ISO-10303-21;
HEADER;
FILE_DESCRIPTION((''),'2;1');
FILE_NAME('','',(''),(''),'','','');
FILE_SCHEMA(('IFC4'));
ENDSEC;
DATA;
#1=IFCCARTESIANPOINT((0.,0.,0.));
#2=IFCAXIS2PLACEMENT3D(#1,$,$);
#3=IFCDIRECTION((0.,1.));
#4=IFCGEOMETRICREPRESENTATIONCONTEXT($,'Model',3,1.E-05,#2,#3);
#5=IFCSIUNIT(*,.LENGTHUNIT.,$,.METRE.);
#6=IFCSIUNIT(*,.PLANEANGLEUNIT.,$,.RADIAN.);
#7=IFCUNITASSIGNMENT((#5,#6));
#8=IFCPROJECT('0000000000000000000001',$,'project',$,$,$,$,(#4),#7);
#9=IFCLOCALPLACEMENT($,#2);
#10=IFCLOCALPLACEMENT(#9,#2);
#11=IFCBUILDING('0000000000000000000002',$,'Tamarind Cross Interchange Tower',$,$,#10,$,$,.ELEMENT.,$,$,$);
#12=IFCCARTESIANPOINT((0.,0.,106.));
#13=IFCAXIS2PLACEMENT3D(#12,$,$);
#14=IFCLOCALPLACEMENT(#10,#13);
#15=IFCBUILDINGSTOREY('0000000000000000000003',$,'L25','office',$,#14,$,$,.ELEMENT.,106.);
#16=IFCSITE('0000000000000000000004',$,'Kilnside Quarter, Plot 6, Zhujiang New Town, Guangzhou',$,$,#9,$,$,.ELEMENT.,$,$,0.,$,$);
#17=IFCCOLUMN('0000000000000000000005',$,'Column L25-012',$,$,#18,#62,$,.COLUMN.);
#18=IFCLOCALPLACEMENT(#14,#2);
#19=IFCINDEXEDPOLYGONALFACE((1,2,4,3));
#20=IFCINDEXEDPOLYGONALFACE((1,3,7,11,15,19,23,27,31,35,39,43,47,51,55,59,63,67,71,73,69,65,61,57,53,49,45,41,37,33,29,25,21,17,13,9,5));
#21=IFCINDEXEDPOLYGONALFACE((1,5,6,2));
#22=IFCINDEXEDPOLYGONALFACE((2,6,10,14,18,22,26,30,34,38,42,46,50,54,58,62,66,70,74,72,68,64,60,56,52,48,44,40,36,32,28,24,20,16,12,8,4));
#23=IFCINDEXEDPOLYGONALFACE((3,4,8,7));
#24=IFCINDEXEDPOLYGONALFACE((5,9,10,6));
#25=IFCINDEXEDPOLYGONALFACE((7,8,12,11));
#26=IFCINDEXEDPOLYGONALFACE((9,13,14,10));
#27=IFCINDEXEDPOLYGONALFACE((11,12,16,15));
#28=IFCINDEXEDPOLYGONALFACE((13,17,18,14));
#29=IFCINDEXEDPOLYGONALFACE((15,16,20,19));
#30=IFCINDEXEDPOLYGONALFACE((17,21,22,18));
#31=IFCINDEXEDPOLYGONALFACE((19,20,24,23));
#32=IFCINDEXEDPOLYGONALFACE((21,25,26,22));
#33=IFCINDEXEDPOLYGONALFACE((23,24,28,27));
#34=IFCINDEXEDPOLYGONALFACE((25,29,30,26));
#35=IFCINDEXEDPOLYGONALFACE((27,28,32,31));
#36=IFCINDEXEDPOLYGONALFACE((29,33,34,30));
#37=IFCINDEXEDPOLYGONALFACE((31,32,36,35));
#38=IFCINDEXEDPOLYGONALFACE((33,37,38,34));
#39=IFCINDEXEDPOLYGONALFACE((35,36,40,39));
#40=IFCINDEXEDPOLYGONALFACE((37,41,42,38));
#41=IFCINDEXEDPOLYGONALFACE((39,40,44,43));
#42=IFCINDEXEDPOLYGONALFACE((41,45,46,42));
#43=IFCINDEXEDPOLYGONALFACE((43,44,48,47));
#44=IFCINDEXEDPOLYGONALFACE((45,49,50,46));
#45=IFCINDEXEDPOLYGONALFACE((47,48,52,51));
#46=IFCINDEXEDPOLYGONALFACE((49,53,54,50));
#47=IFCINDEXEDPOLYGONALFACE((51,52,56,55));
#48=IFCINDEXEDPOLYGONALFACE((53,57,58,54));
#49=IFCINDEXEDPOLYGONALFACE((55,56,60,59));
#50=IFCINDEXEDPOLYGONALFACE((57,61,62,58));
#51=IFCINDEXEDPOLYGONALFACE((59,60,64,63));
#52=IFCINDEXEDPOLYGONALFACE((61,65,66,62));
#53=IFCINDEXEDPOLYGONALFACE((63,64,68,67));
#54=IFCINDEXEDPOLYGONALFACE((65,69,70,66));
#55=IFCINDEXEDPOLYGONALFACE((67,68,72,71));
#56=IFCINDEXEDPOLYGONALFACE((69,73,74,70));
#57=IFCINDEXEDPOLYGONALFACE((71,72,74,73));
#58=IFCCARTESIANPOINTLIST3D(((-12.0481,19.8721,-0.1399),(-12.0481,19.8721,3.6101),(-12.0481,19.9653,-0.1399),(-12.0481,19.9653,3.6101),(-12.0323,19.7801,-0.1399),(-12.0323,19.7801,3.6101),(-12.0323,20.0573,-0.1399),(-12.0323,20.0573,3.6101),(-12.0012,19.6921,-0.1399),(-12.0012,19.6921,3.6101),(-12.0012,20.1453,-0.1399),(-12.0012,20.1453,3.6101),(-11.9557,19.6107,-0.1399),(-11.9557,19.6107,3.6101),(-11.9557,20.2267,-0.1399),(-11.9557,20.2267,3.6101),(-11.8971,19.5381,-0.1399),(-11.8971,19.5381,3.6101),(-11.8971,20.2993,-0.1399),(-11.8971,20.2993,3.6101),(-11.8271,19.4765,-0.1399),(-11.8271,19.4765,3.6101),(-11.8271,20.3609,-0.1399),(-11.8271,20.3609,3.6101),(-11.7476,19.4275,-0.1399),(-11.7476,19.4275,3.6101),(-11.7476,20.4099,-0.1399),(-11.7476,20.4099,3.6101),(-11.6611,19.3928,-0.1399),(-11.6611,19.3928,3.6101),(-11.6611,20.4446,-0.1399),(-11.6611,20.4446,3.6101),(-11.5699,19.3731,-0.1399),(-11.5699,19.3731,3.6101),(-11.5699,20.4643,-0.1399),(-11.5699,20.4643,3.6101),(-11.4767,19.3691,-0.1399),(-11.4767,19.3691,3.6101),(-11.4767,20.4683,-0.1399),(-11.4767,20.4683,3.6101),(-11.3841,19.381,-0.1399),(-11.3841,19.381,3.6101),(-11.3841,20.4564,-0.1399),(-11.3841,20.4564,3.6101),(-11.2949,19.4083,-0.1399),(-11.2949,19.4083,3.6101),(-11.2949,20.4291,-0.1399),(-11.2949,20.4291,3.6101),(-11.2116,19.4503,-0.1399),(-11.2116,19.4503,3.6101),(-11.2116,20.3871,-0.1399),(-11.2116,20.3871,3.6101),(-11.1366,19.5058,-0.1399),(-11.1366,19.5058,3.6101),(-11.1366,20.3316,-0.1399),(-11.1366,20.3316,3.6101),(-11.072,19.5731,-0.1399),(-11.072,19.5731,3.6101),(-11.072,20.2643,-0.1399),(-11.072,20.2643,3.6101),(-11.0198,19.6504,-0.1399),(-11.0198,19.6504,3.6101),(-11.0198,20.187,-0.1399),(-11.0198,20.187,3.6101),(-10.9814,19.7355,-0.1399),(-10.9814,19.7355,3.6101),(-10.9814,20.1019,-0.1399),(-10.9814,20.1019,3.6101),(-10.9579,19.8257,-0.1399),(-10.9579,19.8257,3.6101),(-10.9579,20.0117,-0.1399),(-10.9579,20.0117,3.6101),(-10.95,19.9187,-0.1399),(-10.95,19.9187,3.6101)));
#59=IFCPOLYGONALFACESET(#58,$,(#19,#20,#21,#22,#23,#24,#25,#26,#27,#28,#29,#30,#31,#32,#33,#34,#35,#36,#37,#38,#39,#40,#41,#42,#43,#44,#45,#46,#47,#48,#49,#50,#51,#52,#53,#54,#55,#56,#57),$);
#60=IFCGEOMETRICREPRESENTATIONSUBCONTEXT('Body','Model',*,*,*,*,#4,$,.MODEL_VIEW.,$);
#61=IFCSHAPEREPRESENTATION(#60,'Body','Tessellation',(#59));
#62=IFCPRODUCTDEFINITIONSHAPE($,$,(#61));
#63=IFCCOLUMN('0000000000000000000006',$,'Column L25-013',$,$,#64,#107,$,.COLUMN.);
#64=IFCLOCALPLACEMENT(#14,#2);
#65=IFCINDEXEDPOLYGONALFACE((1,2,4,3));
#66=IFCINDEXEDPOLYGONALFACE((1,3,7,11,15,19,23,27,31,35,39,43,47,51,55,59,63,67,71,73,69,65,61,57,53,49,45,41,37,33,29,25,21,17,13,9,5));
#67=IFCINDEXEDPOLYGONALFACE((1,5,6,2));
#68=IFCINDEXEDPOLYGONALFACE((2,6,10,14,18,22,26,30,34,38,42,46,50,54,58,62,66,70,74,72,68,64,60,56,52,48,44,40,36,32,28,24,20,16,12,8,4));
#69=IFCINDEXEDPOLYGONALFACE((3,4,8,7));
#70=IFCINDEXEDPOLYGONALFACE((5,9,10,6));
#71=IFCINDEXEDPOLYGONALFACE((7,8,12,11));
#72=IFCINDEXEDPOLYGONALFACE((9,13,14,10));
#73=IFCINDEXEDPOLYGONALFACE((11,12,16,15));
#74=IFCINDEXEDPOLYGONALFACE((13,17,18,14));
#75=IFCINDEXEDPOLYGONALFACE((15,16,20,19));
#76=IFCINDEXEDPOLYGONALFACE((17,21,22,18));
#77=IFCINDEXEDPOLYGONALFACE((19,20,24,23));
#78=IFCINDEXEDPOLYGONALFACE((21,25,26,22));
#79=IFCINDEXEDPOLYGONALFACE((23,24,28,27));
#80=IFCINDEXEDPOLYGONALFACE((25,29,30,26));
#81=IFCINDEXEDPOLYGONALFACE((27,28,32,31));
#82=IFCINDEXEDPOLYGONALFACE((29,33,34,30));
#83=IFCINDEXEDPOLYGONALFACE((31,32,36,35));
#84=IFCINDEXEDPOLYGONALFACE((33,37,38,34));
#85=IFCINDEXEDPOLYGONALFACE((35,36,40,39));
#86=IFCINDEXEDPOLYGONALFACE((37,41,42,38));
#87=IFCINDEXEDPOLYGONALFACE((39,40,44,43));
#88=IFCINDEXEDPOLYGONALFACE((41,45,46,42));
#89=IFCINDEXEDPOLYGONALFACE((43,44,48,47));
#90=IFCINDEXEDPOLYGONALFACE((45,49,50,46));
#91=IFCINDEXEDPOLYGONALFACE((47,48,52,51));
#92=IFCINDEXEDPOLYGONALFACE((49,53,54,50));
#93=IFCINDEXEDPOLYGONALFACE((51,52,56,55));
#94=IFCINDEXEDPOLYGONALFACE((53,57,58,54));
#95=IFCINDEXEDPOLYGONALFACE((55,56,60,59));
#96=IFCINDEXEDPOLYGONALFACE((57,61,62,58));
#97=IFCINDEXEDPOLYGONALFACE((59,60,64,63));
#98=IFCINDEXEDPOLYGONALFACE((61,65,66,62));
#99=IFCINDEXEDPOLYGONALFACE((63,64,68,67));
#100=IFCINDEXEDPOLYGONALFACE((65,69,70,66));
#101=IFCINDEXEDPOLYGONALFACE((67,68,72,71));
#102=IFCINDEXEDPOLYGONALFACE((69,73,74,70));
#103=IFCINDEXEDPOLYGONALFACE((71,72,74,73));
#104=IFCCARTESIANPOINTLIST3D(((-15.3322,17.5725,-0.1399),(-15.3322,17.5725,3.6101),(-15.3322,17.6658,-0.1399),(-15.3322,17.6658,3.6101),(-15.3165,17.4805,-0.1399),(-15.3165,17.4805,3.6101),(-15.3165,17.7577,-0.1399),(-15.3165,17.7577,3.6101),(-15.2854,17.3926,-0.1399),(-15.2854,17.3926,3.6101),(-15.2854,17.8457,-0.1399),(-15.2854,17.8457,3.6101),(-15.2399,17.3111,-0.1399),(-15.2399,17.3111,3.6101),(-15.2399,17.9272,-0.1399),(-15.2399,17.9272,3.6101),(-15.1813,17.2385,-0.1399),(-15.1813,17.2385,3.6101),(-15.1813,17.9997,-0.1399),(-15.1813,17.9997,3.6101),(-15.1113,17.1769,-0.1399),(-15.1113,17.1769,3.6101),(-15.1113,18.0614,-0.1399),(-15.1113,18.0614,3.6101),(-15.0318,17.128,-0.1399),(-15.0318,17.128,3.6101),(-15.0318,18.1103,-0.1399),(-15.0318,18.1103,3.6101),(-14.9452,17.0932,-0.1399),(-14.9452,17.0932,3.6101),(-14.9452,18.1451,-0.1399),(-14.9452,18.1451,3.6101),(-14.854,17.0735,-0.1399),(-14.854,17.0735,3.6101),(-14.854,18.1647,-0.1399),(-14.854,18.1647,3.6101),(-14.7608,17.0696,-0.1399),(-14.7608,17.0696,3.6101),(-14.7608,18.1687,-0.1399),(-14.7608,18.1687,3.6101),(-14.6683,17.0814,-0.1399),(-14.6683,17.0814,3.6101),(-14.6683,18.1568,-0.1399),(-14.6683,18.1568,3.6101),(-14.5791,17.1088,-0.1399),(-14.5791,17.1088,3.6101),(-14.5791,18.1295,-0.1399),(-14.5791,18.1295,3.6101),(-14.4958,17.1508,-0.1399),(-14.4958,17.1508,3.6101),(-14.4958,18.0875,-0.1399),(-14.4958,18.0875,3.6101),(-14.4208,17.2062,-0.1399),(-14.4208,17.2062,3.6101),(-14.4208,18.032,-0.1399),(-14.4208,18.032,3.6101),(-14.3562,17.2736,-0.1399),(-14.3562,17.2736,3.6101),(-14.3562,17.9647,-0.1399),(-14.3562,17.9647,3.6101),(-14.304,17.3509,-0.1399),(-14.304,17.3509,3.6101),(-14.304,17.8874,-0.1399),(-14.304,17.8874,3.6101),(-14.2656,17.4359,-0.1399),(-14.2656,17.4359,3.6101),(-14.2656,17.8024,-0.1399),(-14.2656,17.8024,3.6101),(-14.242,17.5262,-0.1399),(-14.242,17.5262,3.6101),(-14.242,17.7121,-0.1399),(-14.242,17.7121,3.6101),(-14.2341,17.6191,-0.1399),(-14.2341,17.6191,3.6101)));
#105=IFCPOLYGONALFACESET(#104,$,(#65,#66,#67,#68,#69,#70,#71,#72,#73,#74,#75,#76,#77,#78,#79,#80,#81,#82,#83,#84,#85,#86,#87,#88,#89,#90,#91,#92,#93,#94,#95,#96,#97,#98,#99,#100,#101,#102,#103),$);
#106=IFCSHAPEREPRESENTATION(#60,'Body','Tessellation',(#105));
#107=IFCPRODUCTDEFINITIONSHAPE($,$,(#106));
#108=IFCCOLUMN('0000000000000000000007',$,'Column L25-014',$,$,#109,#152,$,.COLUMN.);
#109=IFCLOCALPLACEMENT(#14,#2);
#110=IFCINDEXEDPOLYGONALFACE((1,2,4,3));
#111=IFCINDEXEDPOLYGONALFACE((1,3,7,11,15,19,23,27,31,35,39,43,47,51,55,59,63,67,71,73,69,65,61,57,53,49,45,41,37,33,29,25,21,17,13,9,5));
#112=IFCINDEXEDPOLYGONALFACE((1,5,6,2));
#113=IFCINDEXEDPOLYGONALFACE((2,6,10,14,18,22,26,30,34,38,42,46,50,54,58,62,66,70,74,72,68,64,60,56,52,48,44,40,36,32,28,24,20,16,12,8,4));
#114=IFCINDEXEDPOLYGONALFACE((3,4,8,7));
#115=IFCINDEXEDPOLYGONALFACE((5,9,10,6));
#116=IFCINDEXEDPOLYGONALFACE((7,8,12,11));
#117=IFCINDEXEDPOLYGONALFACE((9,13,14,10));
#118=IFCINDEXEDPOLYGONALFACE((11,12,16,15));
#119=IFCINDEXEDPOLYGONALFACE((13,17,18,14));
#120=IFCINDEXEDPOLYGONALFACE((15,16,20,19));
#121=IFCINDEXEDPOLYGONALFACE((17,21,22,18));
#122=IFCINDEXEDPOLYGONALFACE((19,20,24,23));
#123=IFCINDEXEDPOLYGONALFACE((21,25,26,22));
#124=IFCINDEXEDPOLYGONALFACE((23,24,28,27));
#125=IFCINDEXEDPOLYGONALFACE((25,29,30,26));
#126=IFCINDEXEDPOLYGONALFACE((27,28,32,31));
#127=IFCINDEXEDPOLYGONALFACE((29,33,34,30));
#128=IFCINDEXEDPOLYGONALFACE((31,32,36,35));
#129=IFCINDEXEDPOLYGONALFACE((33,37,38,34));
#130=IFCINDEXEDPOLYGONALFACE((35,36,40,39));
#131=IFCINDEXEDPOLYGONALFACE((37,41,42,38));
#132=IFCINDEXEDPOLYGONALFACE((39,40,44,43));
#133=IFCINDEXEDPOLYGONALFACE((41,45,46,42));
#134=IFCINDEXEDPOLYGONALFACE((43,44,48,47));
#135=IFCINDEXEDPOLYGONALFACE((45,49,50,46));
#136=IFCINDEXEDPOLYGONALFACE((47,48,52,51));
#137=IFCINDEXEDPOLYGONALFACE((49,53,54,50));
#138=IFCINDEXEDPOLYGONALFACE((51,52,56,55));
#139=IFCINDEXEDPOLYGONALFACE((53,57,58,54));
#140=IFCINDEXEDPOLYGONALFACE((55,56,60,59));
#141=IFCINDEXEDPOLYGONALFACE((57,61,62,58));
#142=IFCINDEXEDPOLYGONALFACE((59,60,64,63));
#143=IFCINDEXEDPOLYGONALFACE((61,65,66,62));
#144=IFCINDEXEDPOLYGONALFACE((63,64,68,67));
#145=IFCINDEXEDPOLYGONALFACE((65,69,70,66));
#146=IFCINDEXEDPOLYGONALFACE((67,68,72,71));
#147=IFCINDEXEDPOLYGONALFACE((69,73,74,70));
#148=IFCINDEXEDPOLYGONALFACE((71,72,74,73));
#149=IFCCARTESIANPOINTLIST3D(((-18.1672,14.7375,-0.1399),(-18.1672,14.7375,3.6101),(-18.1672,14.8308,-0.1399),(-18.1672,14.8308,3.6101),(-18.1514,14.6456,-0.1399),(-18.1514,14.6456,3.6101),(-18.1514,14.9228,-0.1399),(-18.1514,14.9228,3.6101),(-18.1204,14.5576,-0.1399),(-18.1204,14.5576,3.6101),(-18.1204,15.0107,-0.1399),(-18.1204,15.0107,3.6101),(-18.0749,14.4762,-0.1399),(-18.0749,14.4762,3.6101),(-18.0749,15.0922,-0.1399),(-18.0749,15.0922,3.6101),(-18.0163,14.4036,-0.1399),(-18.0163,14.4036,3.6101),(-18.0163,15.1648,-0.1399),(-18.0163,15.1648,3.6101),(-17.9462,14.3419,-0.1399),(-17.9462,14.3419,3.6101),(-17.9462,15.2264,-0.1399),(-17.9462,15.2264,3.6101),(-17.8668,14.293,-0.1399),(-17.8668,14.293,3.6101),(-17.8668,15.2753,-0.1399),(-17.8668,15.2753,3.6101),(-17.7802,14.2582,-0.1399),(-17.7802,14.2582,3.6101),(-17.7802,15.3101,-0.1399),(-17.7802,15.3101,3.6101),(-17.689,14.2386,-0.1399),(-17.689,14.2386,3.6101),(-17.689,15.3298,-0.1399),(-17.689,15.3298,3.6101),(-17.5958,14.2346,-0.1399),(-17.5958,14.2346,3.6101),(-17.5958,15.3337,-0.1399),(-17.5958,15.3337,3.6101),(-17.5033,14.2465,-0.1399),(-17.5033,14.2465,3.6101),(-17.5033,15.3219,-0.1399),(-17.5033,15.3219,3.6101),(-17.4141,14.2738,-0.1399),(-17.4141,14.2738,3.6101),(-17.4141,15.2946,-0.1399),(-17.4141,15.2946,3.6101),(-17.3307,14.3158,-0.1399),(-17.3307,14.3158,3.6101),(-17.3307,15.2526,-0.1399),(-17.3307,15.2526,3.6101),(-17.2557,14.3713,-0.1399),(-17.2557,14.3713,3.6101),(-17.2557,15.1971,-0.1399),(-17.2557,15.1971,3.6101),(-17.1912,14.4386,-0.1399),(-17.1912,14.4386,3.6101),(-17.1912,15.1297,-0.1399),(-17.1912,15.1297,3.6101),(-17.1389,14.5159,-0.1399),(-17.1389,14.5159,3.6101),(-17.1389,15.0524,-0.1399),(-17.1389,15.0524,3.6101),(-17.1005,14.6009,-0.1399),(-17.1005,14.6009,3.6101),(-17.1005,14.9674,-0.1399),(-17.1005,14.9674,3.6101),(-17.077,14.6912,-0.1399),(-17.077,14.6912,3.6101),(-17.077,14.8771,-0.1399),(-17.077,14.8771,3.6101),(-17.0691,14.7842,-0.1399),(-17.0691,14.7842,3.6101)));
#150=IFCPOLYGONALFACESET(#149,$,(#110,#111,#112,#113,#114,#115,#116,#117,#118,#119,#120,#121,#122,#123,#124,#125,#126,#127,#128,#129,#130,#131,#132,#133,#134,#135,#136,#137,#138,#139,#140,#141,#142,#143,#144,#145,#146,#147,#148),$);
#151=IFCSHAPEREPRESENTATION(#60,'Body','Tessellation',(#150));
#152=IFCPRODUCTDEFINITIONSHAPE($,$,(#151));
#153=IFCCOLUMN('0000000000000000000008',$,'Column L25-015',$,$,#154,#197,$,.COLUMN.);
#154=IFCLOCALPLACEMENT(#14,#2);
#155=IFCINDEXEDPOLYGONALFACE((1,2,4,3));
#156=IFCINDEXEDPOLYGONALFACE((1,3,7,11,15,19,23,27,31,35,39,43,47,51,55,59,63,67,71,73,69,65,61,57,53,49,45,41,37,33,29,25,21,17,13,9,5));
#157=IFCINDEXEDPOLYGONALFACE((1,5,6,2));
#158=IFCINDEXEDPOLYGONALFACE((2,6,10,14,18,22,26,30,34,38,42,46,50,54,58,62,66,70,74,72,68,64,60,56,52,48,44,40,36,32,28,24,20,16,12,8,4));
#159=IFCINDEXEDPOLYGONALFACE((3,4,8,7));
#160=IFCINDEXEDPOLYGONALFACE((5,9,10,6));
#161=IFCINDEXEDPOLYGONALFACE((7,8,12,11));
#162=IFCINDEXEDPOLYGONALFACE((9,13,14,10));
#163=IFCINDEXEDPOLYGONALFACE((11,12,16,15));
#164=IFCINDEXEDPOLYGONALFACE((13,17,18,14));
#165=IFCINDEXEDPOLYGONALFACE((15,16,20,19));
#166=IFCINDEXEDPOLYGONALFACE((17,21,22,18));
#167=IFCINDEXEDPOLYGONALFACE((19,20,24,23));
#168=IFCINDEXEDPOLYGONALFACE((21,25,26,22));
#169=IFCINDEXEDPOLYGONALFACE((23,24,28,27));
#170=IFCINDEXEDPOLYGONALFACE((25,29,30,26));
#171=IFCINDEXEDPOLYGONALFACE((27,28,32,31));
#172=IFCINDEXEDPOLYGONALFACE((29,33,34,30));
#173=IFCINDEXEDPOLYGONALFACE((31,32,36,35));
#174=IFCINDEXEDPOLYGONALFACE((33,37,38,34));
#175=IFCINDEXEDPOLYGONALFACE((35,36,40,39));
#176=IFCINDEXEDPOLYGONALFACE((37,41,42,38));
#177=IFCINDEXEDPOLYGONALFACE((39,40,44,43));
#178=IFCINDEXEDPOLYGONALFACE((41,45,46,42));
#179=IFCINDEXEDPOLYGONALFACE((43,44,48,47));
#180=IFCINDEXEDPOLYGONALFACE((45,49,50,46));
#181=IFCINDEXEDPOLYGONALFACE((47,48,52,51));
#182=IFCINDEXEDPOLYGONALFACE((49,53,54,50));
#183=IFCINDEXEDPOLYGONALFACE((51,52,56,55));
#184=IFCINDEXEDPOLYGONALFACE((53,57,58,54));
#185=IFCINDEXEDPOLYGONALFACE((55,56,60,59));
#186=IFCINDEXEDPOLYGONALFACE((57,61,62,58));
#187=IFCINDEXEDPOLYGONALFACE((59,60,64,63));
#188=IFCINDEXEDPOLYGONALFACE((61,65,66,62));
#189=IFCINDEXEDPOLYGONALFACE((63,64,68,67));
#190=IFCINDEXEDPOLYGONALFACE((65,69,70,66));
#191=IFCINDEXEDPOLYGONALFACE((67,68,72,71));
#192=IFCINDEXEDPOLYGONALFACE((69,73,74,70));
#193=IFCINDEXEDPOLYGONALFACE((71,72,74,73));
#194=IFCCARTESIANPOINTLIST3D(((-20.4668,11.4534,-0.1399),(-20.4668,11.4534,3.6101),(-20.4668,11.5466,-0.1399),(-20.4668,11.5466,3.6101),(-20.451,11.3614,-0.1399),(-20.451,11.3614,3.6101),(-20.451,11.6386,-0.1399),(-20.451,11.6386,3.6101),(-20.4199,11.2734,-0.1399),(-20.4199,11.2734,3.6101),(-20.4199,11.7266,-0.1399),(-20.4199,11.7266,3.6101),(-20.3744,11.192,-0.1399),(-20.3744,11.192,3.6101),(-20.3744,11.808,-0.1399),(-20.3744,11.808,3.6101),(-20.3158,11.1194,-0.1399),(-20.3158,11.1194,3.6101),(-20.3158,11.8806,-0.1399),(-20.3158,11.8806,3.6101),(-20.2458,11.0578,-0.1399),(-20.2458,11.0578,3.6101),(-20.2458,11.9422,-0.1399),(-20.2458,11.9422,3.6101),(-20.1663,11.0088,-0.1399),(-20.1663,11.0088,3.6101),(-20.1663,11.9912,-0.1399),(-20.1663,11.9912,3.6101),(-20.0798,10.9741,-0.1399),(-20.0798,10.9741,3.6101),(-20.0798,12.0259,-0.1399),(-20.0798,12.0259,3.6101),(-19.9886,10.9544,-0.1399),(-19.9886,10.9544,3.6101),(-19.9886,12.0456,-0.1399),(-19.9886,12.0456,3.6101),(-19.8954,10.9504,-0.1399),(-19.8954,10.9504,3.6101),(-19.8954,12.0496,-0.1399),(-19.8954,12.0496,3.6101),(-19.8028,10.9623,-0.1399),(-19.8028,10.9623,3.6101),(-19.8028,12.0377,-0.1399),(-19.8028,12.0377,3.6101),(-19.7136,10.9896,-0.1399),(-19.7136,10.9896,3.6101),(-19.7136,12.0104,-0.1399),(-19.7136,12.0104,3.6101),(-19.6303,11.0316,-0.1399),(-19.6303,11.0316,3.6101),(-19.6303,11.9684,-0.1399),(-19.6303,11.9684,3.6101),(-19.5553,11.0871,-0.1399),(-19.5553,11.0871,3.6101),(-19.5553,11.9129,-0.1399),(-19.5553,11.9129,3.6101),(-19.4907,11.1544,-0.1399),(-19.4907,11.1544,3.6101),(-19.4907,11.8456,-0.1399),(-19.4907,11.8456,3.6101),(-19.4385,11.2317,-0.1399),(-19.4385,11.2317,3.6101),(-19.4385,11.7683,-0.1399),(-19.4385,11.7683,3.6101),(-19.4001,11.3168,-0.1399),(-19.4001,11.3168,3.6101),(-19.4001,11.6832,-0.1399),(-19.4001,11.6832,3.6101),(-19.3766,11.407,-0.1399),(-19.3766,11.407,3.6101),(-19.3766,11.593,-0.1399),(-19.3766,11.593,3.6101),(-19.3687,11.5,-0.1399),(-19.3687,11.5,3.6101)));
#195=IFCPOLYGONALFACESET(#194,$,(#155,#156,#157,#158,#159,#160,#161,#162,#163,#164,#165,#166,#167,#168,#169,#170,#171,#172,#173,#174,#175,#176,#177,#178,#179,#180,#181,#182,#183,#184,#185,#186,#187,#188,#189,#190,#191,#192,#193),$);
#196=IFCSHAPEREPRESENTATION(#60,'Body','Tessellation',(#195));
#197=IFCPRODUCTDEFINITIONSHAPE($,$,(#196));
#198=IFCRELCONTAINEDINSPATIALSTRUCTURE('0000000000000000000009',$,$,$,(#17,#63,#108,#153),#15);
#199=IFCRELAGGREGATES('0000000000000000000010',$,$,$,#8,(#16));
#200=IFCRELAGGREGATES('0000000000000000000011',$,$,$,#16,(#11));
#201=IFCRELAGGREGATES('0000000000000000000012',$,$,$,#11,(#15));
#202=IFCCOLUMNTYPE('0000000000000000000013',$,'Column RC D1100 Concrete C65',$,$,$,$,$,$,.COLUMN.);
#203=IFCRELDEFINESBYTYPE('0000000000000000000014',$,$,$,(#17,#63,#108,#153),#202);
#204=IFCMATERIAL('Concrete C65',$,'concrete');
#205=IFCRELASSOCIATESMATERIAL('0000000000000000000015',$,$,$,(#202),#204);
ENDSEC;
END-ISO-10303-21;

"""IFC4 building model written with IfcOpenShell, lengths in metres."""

from ifc_helpers import new_model, si_unit, direction, frame, origin, origin_2d, place, context, subcontext, project, spatial, circle, extrude, material, material_profile, profile_set, type_object, element, save


model = new_model("IFC4")

# Units and contexts
model_context = context("Model", 3, precision=1e-05, world=origin(), true_north=direction((0.0, 1.0)))
body_context = subcontext(model_context, "Body", "Model", "MODEL_VIEW")
ifc_project = project(units=[si_unit("LENGTHUNIT", "METRE"), si_unit("PLANEANGLEUNIT", "RADIAN")], contexts=[model_context])

# Site, building, storey
site_placement = place(None, origin())
site = spatial("IfcSite", under=ifc_project, at=site_placement, Name="Kilnside Quarter, Plot 6, Zhujiang New Town, Guangzhou", CompositionType="ELEMENT", RefElevation=0.0)
building_placement = place(site_placement, origin())
building = spatial("IfcBuilding", under=site, at=building_placement, Name="Tamarind Cross Interchange Tower", CompositionType="ELEMENT")
storey_placement = place(building_placement, frame((0.0, 0.0, 106.0)))
storey = spatial("IfcBuildingStorey", under=building, at=storey_placement, Name="L25", Description="office", CompositionType="ELEMENT", Elevation=106.0)

# Columns
ifc_material_1 = material(Name="Concrete C65", Category="concrete")
ifc_material_profile_1 = material_profile(ifc_material_1, circle(Radius=0.55, at=origin_2d()), Name="RC D1100")
ifc_profile_set_1 = profile_set([ifc_material_profile_1], Name="Concrete C65")
column_type = type_object("IfcColumnType", Name="Column RC D1100 Concrete C65", PredefinedType="COLUMN", material=ifc_profile_set_1)
for number, where, z_axis, x_axis, name in (
    (1, (-11.5, 19.9187, -0.1399), (0.0, 0.0, 1.0), (1.0, 0.0, 0.0), "Column L25-012"),
    (2, (-14.7842, 17.6191, -0.1399), (0.0, 0.0, 1.0), (1.0, 0.0, 0.0), "Column L25-013"),
    (3, (-17.6191, 14.7842, -0.1399), (0.0, 0.0, 1.0), (1.0, 0.0, 0.0), "Column L25-014"),
    (4, (-19.9187, 11.5, -0.1399), (0.0, 0.0, 1.0), (1.0, 0.0, 0.0), "Column L25-015"),
):
    element("IfcColumn", number, at=place(storey_placement, frame(where, z_axis=z_axis, x_axis=x_axis)), inside=storey, type_object=column_type, Name=name, PredefinedType="COLUMN", context=body_context, shape_type="SweptSolid", body=[
        extrude(circle(Radius=0.55, at=origin_2d()), origin(), (0.0, 0.0, 1.0), 3.75),
    ])

save(model, "model.ifc")
